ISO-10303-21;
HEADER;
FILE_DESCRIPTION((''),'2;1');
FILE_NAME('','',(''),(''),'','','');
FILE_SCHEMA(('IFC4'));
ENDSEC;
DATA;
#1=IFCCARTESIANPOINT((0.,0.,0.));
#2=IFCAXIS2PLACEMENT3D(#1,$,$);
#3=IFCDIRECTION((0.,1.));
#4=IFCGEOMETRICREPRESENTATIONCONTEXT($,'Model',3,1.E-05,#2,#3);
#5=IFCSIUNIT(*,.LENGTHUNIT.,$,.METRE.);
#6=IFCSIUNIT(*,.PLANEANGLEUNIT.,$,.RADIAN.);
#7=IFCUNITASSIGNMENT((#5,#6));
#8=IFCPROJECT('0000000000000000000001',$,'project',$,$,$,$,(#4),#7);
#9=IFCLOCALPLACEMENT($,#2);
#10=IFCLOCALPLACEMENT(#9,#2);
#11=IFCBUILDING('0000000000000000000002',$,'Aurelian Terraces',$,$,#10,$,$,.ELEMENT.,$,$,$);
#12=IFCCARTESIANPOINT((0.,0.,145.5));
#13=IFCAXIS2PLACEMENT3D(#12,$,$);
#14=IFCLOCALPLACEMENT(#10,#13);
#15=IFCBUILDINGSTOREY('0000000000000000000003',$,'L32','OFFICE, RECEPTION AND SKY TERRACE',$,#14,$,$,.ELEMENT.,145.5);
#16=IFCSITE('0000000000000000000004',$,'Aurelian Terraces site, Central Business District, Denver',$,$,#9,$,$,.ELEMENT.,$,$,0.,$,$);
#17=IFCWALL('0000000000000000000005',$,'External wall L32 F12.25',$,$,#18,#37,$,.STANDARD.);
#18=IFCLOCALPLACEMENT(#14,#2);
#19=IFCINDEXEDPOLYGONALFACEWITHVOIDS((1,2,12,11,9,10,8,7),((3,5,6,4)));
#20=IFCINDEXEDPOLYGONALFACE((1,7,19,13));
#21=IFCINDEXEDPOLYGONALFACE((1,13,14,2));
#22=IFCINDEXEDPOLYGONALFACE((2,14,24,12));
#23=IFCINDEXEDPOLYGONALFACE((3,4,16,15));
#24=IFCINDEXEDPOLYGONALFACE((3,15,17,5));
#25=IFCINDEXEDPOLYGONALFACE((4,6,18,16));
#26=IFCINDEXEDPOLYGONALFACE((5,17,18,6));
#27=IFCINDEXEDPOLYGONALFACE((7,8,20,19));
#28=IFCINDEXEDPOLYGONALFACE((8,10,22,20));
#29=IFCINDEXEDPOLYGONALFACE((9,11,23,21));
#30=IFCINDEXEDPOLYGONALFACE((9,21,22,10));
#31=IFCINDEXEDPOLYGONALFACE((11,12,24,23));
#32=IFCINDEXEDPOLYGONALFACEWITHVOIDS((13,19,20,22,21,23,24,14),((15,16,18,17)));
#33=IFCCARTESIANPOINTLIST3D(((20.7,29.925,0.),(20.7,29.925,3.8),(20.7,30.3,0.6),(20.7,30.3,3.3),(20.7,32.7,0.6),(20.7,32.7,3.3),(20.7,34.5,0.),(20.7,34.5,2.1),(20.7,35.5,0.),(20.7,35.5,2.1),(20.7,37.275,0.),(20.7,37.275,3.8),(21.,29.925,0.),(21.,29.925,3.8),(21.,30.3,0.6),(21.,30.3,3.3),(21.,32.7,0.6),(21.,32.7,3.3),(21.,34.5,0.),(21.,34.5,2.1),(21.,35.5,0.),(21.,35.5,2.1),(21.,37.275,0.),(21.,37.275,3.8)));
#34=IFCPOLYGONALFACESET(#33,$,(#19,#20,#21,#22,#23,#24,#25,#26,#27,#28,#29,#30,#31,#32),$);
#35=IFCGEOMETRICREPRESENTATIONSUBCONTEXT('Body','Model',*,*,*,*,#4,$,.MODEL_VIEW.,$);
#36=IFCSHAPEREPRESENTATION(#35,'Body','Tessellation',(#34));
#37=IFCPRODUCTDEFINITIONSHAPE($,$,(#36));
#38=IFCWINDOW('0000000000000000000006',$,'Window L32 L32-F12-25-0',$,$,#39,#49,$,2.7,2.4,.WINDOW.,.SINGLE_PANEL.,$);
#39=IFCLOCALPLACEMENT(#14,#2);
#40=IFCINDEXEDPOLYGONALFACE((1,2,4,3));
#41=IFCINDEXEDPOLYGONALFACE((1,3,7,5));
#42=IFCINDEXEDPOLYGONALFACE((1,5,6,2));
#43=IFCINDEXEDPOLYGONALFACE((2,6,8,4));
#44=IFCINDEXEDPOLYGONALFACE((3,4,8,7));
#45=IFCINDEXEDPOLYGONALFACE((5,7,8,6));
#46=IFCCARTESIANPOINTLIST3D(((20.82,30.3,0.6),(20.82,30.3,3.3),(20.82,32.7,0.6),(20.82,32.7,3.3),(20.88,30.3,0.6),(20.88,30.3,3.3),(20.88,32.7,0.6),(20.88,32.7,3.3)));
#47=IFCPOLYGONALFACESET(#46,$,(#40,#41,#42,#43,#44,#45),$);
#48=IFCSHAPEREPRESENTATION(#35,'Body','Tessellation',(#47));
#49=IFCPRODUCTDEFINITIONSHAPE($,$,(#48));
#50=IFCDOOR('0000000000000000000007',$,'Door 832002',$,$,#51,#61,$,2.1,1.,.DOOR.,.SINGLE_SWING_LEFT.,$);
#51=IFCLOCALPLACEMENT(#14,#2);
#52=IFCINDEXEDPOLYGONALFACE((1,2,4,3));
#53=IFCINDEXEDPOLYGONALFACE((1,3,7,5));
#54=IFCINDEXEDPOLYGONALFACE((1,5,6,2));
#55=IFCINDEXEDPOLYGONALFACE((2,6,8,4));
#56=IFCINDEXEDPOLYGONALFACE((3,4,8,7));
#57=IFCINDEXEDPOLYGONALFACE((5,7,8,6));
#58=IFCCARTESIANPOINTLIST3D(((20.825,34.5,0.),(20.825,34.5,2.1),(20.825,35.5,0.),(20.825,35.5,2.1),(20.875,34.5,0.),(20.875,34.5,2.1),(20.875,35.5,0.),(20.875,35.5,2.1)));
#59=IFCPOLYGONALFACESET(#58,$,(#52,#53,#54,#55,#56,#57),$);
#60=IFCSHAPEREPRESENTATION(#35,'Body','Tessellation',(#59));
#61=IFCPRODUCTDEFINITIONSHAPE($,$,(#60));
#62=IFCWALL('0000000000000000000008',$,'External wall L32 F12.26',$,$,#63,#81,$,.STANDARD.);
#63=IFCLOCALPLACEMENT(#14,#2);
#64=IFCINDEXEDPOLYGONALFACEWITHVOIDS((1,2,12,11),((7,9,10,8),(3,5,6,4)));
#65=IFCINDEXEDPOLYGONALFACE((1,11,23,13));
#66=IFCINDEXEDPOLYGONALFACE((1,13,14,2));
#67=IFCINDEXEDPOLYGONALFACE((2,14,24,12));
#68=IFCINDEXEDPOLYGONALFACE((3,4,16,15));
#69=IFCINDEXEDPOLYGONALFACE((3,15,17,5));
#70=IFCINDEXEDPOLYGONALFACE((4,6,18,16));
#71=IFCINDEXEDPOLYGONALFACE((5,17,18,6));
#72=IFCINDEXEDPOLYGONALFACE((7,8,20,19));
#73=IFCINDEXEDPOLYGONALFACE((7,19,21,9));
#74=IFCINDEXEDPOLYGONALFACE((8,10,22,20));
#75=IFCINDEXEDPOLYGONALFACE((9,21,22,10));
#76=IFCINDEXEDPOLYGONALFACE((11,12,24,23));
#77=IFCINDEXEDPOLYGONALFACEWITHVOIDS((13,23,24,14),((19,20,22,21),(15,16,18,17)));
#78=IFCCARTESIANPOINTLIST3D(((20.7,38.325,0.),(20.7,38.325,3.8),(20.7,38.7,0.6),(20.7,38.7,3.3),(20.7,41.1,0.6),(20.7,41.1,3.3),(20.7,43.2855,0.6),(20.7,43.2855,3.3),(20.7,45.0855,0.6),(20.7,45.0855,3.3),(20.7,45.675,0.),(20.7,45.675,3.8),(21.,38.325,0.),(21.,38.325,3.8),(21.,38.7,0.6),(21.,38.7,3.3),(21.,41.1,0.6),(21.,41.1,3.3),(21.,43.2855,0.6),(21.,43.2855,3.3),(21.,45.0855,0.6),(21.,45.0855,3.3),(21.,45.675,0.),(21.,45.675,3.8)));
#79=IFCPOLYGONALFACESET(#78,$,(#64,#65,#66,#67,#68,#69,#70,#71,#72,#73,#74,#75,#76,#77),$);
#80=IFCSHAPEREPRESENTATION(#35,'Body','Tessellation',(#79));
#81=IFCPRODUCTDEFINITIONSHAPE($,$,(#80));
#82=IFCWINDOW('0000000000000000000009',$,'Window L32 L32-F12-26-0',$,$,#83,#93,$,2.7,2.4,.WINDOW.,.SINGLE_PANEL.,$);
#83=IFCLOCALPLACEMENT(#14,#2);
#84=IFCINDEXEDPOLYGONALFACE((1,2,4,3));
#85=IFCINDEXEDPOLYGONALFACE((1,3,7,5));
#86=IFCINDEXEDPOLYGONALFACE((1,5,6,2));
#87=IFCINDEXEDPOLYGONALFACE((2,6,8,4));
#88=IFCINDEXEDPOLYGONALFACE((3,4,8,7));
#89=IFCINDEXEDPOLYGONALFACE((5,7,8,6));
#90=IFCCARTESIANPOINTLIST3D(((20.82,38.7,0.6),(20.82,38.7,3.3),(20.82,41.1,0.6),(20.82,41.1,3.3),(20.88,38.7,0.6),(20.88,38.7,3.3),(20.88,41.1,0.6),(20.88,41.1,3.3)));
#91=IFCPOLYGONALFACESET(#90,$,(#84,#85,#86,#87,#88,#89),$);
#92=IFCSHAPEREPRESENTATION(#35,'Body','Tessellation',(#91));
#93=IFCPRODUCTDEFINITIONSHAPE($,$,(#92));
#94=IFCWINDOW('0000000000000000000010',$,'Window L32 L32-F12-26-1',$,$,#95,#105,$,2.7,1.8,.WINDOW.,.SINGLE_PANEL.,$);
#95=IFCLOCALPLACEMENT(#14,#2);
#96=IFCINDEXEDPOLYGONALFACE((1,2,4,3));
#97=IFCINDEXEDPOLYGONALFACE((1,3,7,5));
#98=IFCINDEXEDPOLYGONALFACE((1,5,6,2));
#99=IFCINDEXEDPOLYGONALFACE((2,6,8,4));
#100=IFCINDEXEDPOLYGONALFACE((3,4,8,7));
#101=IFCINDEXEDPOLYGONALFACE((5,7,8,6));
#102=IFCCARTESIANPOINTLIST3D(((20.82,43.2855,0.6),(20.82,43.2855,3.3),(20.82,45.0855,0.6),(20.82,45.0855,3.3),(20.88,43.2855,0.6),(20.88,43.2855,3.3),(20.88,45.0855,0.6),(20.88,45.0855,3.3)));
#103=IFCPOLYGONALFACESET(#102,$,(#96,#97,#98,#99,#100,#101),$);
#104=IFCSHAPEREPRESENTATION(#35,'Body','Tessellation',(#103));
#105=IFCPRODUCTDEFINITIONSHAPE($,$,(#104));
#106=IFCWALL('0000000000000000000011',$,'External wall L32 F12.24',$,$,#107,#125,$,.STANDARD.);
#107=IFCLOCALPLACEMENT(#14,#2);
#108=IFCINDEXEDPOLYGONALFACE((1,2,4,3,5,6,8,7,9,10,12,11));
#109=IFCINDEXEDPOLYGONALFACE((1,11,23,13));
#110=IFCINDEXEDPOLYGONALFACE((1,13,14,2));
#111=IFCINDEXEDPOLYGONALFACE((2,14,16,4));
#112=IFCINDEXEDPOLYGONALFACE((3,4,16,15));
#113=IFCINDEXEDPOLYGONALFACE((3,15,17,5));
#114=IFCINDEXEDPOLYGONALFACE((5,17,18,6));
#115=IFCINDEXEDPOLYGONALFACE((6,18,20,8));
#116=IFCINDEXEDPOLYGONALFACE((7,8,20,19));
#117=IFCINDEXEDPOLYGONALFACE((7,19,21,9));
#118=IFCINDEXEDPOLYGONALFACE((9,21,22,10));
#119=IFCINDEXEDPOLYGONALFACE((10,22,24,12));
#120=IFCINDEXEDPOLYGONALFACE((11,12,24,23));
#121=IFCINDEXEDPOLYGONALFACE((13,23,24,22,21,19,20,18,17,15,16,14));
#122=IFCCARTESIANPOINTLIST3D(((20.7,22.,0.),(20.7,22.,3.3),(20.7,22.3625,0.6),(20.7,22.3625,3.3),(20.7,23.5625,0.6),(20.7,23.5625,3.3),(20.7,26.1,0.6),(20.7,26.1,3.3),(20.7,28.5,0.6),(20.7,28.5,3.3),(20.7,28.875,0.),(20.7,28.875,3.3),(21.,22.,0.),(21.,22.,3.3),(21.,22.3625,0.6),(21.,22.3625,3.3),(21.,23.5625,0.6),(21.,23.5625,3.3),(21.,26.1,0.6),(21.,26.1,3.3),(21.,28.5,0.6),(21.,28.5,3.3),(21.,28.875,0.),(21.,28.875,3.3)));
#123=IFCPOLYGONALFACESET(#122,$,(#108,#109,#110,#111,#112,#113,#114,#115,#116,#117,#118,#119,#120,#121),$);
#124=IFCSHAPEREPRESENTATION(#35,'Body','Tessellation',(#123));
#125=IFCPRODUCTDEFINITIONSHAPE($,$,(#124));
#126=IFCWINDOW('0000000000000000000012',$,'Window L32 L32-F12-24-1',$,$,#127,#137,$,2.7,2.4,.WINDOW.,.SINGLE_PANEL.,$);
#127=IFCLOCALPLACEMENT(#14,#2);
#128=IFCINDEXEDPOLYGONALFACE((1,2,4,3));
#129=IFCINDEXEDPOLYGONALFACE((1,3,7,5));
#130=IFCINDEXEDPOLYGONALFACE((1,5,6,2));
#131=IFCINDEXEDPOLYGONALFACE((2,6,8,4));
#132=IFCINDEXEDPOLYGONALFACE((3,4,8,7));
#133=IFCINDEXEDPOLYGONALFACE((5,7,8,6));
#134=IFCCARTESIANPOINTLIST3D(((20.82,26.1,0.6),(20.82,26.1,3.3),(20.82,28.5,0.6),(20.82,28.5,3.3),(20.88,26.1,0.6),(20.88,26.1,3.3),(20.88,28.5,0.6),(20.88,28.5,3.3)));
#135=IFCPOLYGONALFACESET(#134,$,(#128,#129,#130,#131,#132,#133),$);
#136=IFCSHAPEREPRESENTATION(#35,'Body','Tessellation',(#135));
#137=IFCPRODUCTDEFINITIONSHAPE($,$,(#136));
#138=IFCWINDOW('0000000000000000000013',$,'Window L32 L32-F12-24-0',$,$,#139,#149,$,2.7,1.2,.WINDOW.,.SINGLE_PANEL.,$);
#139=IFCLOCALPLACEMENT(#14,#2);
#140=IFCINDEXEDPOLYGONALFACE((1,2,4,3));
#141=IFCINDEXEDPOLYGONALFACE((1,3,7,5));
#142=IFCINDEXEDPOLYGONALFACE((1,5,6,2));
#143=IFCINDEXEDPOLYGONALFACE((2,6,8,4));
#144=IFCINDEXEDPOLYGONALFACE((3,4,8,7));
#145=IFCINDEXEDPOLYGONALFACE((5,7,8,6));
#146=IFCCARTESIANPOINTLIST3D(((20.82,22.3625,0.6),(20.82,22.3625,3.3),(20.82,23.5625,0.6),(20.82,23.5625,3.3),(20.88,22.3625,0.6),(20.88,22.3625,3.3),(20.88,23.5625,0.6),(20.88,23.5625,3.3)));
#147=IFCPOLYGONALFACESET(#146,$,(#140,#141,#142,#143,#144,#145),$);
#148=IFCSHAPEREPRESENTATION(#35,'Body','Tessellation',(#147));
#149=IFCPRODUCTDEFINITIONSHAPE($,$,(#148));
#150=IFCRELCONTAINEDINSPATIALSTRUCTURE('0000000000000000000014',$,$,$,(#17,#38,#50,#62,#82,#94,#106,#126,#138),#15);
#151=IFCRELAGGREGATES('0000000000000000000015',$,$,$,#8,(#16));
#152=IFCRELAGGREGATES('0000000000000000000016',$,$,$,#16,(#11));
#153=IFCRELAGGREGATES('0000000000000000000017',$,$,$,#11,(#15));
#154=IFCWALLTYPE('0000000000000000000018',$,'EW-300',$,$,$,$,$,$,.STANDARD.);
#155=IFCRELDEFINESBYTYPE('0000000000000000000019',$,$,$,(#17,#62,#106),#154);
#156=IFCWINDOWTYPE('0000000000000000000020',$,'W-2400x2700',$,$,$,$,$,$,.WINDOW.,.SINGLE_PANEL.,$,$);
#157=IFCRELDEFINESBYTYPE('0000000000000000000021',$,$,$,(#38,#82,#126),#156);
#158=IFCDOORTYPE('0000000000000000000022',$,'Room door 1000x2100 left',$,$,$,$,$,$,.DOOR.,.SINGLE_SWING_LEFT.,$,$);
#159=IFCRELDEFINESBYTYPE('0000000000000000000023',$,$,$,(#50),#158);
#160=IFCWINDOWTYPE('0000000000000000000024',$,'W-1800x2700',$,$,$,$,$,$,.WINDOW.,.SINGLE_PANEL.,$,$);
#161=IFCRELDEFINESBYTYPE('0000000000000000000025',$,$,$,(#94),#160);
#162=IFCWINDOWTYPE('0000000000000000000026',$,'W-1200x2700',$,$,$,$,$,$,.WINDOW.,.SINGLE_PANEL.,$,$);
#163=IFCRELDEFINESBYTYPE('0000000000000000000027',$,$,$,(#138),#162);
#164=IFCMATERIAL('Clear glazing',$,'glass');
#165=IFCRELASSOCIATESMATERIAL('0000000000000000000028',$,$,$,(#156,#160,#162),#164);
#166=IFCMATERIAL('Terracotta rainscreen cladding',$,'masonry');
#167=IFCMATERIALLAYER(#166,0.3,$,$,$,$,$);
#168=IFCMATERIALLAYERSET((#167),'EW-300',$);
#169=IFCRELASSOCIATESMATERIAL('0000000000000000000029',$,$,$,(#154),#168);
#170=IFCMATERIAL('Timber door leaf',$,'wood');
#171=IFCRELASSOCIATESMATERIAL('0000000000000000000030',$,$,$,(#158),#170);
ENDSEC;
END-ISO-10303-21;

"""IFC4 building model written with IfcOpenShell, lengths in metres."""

from ifc_helpers import new_model, si_unit, direction, frame, frame_2d, origin, place, context, subcontext, project, spatial, rectangle, extrude, source, transform, mapped, material, layer, layer_set, type_object, element, fill, save


model = new_model("IFC4")

# Units and contexts
model_context = context("Model", 3, precision=1e-05, world=origin(), true_north=direction((0.0, 1.0)))
body_context = subcontext(model_context, "Body", "Model", "MODEL_VIEW")
ifc_project = project(units=[si_unit("LENGTHUNIT", "METRE"), si_unit("PLANEANGLEUNIT", "RADIAN")], contexts=[model_context])

# Site, building, storey
site_placement = place(None, origin())
site = spatial("IfcSite", under=ifc_project, at=site_placement, Name="Aurelian Terraces site, Central Business District, Denver", CompositionType="ELEMENT", RefElevation=0.0)
building_placement = place(site_placement, origin())
building = spatial("IfcBuilding", under=site, at=building_placement, Name="Aurelian Terraces", CompositionType="ELEMENT")
storey_placement = place(building_placement, frame((0.0, 0.0, 145.5)))
storey = spatial("IfcBuildingStorey", under=building, at=storey_placement, Name="L32", Description="OFFICE, RECEPTION AND SKY TERRACE", CompositionType="ELEMENT", Elevation=145.5)

# Shared definitions
ifc_material_1 = material(Name="Clear glazing", Category="glass")
window_type_1 = type_object("IfcWindowType", Name="W-2400x2700", PartitioningType="SINGLE_PANEL", PredefinedType="WINDOW", material=ifc_material_1)
shared_shape_1 = source(origin(), body_context, "Body", "SweptSolid", [
    extrude(rectangle(XDim=2.4, YDim=2.7, at=frame_2d((1.2, 1.35))), frame((0.0, 0.03, 0.0), z_axis=(0.0, -1.0, 0.0), x_axis=(1.0, 0.0, 0.0)), (0.0, 0.0, 1.0), 0.06),
])

# Wall, openings, window, door
ifc_material_2 = material(Name="Terracotta rainscreen cladding", Category="masonry")
ifc_layer_1 = layer(ifc_material_2, 0.3)
ifc_layer_set_1 = layer_set([ifc_layer_1], Name="EW-300")
wall_type_1 = type_object("IfcWallType", Name="EW-300", PredefinedType="STANDARD", material=ifc_layer_set_1)
shared_shape_2 = source(origin(), body_context, "Body", "SweptSolid", [
    extrude(rectangle(XDim=7.35, YDim=0.3, at=frame_2d((3.675, 0.0))), origin(), (0.0, 0.0, 1.0), 3.8),
])
wall_1_placement = place(storey_placement, frame((20.85, 29.925, 0.0), z_axis=(0.0, 0.0, 1.0), x_axis=(0.0, 1.0, 0.0)))
wall_1 = element("IfcWall", 1, at=wall_1_placement, inside=storey, type_object=wall_type_1, Name="External wall L32 F12.25", PredefinedType="STANDARD", context=body_context, shape_type="MappedRepresentation", body=[
    mapped(shared_shape_2, transform((0.0, 0.0, 0.0), scale=1.0)),
])
shared_shape_3 = source(origin(), body_context, "Body", "SweptSolid", [
    extrude(rectangle(XDim=2.4, YDim=2.7, at=frame_2d((1.2, 1.35))), frame((0.0, 0.16, 0.0), z_axis=(0.0, -1.0, 0.0), x_axis=(1.0, 0.0, 0.0)), (0.0, 0.0, 1.0), 0.32),
])
opening_1_placement = place(wall_1_placement, frame((0.375, 0.0, 0.6)))
opening_1 = element("IfcOpeningElement", 2, at=opening_1_placement, cuts=wall_1, PredefinedType="OPENING", context=body_context, shape_type="MappedRepresentation", body=[
    mapped(shared_shape_3, transform((0.0, 0.0, 0.0), scale=1.0)),
])
shared_shape_4 = source(origin(), body_context, "Body", "SweptSolid", [
    extrude(rectangle(XDim=1.0, YDim=2.1, at=frame_2d((0.5, 1.05))), frame((0.0, 0.16, 0.0), z_axis=(0.0, -1.0, 0.0), x_axis=(1.0, 0.0, 0.0)), (0.0, 0.0, 1.0), 0.32),
])
opening_2_placement = place(wall_1_placement, frame((4.575, 0.0, 0.0)))
opening_2 = element("IfcOpeningElement", 3, at=opening_2_placement, cuts=wall_1, PredefinedType="OPENING", context=body_context, shape_type="MappedRepresentation", body=[
    mapped(shared_shape_4, transform((0.0, 0.0, 0.0), scale=1.0)),
])
window_1_placement = place(opening_1_placement, origin())
window_1 = element("IfcWindow", 4, at=window_1_placement, inside=storey, type_object=window_type_1, Name="Window L32 L32-F12-25-0", OverallHeight=2.7, OverallWidth=2.4, PartitioningType="SINGLE_PANEL", PredefinedType="WINDOW", context=body_context, shape_type="MappedRepresentation", body=[
    mapped(shared_shape_1, transform((0.0, 0.0, 0.0), scale=1.0)),
])
fill(opening_1, window_1)
ifc_material_3 = material(Name="Timber door leaf", Category="wood")
door_type_1 = type_object("IfcDoorType", Name="Room door 1000x2100 left", OperationType="SINGLE_SWING_LEFT", PredefinedType="DOOR", material=ifc_material_3)
shared_shape_5 = source(origin(), body_context, "Body", "SweptSolid", [
    extrude(rectangle(XDim=1.0, YDim=2.1, at=frame_2d((0.5, 1.05))), frame((0.0, 0.025, 0.0), z_axis=(0.0, -1.0, 0.0), x_axis=(1.0, 0.0, 0.0)), (0.0, 0.0, 1.0), 0.05),
])
door_1_placement = place(opening_2_placement, origin())
door_1 = element("IfcDoor", 5, at=door_1_placement, inside=storey, type_object=door_type_1, Name="Door 832002", OperationType="SINGLE_SWING_LEFT", OverallHeight=2.1, OverallWidth=1.0, PredefinedType="DOOR", context=body_context, shape_type="MappedRepresentation", body=[
    mapped(shared_shape_5, transform((0.0, 0.0, 0.0), scale=1.0)),
])
fill(opening_2, door_1)

# Walls, openings, windows
wall_2_placement = place(storey_placement, frame((20.85, 38.325, 0.0), z_axis=(0.0, 0.0, 1.0), x_axis=(0.0, 1.0, 0.0)))
wall_2 = element("IfcWall", 6, at=wall_2_placement, inside=storey, type_object=wall_type_1, Name="External wall L32 F12.26", PredefinedType="STANDARD", context=body_context, shape_type="MappedRepresentation", body=[
    mapped(shared_shape_2, transform((0.0, 0.0, 0.0), scale=1.0)),
])
opening_3_placement = place(wall_2_placement, frame((0.375, 0.0, 0.6)))
opening_3 = element("IfcOpeningElement", 7, at=opening_3_placement, cuts=wall_2, PredefinedType="OPENING", context=body_context, shape_type="MappedRepresentation", body=[
    mapped(shared_shape_3, transform((0.0, 0.0, 0.0), scale=1.0)),
])
shared_shape_6 = source(origin(), body_context, "Body", "SweptSolid", [
    extrude(rectangle(XDim=1.8, YDim=2.7, at=frame_2d((0.9, 1.35))), frame((0.0, 0.16, 0.0), z_axis=(0.0, -1.0, 0.0), x_axis=(1.0, 0.0, 0.0)), (0.0, 0.0, 1.0), 0.32),
])
opening_4_placement = place(wall_2_placement, frame((4.9605, 0.0, 0.6)))
opening_4 = element("IfcOpeningElement", 8, at=opening_4_placement, cuts=wall_2, PredefinedType="OPENING", context=body_context, shape_type="MappedRepresentation", body=[
    mapped(shared_shape_6, transform((0.0, 0.0, 0.0), scale=1.0)),
])
window_2_placement = place(opening_3_placement, origin())
window_2 = element("IfcWindow", 9, at=window_2_placement, inside=storey, type_object=window_type_1, Name="Window L32 L32-F12-26-0", OverallHeight=2.7, OverallWidth=2.4, PartitioningType="SINGLE_PANEL", PredefinedType="WINDOW", context=body_context, shape_type="MappedRepresentation", body=[
    mapped(shared_shape_1, transform((0.0, 0.0, 0.0), scale=1.0)),
])
fill(opening_3, window_2)
window_type_2 = type_object("IfcWindowType", Name="W-1800x2700", PartitioningType="SINGLE_PANEL", PredefinedType="WINDOW", material=ifc_material_1)
shared_shape_7 = source(origin(), body_context, "Body", "SweptSolid", [
    extrude(rectangle(XDim=1.8, YDim=2.7, at=frame_2d((0.9, 1.35))), frame((0.0, 0.03, 0.0), z_axis=(0.0, -1.0, 0.0), x_axis=(1.0, 0.0, 0.0)), (0.0, 0.0, 1.0), 0.06),
])
window_3_placement = place(opening_4_placement, origin())
window_3 = element("IfcWindow", 10, at=window_3_placement, inside=storey, type_object=window_type_2, Name="Window L32 L32-F12-26-1", OverallHeight=2.7, OverallWidth=1.8, PartitioningType="SINGLE_PANEL", PredefinedType="WINDOW", context=body_context, shape_type="MappedRepresentation", body=[
    mapped(shared_shape_7, transform((0.0, 0.0, 0.0), scale=1.0)),
])
fill(opening_4, window_3)
shared_shape_8 = source(origin(), body_context, "Body", "SweptSolid", [
    extrude(rectangle(XDim=6.875, YDim=0.3, at=frame_2d((3.4375, 0.0))), origin(), (0.0, 0.0, 1.0), 3.3),
])
wall_3_placement = place(storey_placement, frame((20.85, 22.0, 0.0), z_axis=(0.0, 0.0, 1.0), x_axis=(0.0, 1.0, 0.0)))
wall_3 = element("IfcWall", 11, at=wall_3_placement, inside=storey, type_object=wall_type_1, Name="External wall L32 F12.24", PredefinedType="STANDARD", context=body_context, shape_type="MappedRepresentation", body=[
    mapped(shared_shape_8, transform((0.0, 0.0, 0.0), scale=1.0)),
])
shared_shape_9 = source(origin(), body_context, "Body", "SweptSolid", [
    extrude(rectangle(XDim=1.2, YDim=2.7, at=frame_2d((0.6, 1.35))), frame((0.0, 0.16, 0.0), z_axis=(0.0, -1.0, 0.0), x_axis=(1.0, 0.0, 0.0)), (0.0, 0.0, 1.0), 0.32),
])
opening_5_placement = place(wall_3_placement, frame((0.3625, 0.0, 0.6)))
opening_5 = element("IfcOpeningElement", 12, at=opening_5_placement, cuts=wall_3, PredefinedType="OPENING", context=body_context, shape_type="MappedRepresentation", body=[
    mapped(shared_shape_9, transform((0.0, 0.0, 0.0), scale=1.0)),
])
opening_6_placement = place(wall_3_placement, frame((4.1, 0.0, 0.6)))
opening_6 = element("IfcOpeningElement", 13, at=opening_6_placement, cuts=wall_3, PredefinedType="OPENING", context=body_context, shape_type="MappedRepresentation", body=[
    mapped(shared_shape_3, transform((0.0, 0.0, 0.0), scale=1.0)),
])
window_4_placement = place(opening_6_placement, origin())
window_4 = element("IfcWindow", 14, at=window_4_placement, inside=storey, type_object=window_type_1, Name="Window L32 L32-F12-24-1", OverallHeight=2.7, OverallWidth=2.4, PartitioningType="SINGLE_PANEL", PredefinedType="WINDOW", context=body_context, shape_type="MappedRepresentation", body=[
    mapped(shared_shape_1, transform((0.0, 0.0, 0.0), scale=1.0)),
])
fill(opening_6, window_4)
window_type_3 = type_object("IfcWindowType", Name="W-1200x2700", PartitioningType="SINGLE_PANEL", PredefinedType="WINDOW", material=ifc_material_1)
shared_shape_10 = source(origin(), body_context, "Body", "SweptSolid", [
    extrude(rectangle(XDim=1.2, YDim=2.7, at=frame_2d((0.6, 1.35))), frame((0.0, 0.03, 0.0), z_axis=(0.0, -1.0, 0.0), x_axis=(1.0, 0.0, 0.0)), (0.0, 0.0, 1.0), 0.06),
])
window_5_placement = place(opening_5_placement, origin())
window_5 = element("IfcWindow", 15, at=window_5_placement, inside=storey, type_object=window_type_3, Name="Window L32 L32-F12-24-0", OverallHeight=2.7, OverallWidth=1.2, PartitioningType="SINGLE_PANEL", PredefinedType="WINDOW", context=body_context, shape_type="MappedRepresentation", body=[
    mapped(shared_shape_10, transform((0.0, 0.0, 0.0), scale=1.0)),
])
fill(opening_5, window_5)

save(model, "model.ifc")
